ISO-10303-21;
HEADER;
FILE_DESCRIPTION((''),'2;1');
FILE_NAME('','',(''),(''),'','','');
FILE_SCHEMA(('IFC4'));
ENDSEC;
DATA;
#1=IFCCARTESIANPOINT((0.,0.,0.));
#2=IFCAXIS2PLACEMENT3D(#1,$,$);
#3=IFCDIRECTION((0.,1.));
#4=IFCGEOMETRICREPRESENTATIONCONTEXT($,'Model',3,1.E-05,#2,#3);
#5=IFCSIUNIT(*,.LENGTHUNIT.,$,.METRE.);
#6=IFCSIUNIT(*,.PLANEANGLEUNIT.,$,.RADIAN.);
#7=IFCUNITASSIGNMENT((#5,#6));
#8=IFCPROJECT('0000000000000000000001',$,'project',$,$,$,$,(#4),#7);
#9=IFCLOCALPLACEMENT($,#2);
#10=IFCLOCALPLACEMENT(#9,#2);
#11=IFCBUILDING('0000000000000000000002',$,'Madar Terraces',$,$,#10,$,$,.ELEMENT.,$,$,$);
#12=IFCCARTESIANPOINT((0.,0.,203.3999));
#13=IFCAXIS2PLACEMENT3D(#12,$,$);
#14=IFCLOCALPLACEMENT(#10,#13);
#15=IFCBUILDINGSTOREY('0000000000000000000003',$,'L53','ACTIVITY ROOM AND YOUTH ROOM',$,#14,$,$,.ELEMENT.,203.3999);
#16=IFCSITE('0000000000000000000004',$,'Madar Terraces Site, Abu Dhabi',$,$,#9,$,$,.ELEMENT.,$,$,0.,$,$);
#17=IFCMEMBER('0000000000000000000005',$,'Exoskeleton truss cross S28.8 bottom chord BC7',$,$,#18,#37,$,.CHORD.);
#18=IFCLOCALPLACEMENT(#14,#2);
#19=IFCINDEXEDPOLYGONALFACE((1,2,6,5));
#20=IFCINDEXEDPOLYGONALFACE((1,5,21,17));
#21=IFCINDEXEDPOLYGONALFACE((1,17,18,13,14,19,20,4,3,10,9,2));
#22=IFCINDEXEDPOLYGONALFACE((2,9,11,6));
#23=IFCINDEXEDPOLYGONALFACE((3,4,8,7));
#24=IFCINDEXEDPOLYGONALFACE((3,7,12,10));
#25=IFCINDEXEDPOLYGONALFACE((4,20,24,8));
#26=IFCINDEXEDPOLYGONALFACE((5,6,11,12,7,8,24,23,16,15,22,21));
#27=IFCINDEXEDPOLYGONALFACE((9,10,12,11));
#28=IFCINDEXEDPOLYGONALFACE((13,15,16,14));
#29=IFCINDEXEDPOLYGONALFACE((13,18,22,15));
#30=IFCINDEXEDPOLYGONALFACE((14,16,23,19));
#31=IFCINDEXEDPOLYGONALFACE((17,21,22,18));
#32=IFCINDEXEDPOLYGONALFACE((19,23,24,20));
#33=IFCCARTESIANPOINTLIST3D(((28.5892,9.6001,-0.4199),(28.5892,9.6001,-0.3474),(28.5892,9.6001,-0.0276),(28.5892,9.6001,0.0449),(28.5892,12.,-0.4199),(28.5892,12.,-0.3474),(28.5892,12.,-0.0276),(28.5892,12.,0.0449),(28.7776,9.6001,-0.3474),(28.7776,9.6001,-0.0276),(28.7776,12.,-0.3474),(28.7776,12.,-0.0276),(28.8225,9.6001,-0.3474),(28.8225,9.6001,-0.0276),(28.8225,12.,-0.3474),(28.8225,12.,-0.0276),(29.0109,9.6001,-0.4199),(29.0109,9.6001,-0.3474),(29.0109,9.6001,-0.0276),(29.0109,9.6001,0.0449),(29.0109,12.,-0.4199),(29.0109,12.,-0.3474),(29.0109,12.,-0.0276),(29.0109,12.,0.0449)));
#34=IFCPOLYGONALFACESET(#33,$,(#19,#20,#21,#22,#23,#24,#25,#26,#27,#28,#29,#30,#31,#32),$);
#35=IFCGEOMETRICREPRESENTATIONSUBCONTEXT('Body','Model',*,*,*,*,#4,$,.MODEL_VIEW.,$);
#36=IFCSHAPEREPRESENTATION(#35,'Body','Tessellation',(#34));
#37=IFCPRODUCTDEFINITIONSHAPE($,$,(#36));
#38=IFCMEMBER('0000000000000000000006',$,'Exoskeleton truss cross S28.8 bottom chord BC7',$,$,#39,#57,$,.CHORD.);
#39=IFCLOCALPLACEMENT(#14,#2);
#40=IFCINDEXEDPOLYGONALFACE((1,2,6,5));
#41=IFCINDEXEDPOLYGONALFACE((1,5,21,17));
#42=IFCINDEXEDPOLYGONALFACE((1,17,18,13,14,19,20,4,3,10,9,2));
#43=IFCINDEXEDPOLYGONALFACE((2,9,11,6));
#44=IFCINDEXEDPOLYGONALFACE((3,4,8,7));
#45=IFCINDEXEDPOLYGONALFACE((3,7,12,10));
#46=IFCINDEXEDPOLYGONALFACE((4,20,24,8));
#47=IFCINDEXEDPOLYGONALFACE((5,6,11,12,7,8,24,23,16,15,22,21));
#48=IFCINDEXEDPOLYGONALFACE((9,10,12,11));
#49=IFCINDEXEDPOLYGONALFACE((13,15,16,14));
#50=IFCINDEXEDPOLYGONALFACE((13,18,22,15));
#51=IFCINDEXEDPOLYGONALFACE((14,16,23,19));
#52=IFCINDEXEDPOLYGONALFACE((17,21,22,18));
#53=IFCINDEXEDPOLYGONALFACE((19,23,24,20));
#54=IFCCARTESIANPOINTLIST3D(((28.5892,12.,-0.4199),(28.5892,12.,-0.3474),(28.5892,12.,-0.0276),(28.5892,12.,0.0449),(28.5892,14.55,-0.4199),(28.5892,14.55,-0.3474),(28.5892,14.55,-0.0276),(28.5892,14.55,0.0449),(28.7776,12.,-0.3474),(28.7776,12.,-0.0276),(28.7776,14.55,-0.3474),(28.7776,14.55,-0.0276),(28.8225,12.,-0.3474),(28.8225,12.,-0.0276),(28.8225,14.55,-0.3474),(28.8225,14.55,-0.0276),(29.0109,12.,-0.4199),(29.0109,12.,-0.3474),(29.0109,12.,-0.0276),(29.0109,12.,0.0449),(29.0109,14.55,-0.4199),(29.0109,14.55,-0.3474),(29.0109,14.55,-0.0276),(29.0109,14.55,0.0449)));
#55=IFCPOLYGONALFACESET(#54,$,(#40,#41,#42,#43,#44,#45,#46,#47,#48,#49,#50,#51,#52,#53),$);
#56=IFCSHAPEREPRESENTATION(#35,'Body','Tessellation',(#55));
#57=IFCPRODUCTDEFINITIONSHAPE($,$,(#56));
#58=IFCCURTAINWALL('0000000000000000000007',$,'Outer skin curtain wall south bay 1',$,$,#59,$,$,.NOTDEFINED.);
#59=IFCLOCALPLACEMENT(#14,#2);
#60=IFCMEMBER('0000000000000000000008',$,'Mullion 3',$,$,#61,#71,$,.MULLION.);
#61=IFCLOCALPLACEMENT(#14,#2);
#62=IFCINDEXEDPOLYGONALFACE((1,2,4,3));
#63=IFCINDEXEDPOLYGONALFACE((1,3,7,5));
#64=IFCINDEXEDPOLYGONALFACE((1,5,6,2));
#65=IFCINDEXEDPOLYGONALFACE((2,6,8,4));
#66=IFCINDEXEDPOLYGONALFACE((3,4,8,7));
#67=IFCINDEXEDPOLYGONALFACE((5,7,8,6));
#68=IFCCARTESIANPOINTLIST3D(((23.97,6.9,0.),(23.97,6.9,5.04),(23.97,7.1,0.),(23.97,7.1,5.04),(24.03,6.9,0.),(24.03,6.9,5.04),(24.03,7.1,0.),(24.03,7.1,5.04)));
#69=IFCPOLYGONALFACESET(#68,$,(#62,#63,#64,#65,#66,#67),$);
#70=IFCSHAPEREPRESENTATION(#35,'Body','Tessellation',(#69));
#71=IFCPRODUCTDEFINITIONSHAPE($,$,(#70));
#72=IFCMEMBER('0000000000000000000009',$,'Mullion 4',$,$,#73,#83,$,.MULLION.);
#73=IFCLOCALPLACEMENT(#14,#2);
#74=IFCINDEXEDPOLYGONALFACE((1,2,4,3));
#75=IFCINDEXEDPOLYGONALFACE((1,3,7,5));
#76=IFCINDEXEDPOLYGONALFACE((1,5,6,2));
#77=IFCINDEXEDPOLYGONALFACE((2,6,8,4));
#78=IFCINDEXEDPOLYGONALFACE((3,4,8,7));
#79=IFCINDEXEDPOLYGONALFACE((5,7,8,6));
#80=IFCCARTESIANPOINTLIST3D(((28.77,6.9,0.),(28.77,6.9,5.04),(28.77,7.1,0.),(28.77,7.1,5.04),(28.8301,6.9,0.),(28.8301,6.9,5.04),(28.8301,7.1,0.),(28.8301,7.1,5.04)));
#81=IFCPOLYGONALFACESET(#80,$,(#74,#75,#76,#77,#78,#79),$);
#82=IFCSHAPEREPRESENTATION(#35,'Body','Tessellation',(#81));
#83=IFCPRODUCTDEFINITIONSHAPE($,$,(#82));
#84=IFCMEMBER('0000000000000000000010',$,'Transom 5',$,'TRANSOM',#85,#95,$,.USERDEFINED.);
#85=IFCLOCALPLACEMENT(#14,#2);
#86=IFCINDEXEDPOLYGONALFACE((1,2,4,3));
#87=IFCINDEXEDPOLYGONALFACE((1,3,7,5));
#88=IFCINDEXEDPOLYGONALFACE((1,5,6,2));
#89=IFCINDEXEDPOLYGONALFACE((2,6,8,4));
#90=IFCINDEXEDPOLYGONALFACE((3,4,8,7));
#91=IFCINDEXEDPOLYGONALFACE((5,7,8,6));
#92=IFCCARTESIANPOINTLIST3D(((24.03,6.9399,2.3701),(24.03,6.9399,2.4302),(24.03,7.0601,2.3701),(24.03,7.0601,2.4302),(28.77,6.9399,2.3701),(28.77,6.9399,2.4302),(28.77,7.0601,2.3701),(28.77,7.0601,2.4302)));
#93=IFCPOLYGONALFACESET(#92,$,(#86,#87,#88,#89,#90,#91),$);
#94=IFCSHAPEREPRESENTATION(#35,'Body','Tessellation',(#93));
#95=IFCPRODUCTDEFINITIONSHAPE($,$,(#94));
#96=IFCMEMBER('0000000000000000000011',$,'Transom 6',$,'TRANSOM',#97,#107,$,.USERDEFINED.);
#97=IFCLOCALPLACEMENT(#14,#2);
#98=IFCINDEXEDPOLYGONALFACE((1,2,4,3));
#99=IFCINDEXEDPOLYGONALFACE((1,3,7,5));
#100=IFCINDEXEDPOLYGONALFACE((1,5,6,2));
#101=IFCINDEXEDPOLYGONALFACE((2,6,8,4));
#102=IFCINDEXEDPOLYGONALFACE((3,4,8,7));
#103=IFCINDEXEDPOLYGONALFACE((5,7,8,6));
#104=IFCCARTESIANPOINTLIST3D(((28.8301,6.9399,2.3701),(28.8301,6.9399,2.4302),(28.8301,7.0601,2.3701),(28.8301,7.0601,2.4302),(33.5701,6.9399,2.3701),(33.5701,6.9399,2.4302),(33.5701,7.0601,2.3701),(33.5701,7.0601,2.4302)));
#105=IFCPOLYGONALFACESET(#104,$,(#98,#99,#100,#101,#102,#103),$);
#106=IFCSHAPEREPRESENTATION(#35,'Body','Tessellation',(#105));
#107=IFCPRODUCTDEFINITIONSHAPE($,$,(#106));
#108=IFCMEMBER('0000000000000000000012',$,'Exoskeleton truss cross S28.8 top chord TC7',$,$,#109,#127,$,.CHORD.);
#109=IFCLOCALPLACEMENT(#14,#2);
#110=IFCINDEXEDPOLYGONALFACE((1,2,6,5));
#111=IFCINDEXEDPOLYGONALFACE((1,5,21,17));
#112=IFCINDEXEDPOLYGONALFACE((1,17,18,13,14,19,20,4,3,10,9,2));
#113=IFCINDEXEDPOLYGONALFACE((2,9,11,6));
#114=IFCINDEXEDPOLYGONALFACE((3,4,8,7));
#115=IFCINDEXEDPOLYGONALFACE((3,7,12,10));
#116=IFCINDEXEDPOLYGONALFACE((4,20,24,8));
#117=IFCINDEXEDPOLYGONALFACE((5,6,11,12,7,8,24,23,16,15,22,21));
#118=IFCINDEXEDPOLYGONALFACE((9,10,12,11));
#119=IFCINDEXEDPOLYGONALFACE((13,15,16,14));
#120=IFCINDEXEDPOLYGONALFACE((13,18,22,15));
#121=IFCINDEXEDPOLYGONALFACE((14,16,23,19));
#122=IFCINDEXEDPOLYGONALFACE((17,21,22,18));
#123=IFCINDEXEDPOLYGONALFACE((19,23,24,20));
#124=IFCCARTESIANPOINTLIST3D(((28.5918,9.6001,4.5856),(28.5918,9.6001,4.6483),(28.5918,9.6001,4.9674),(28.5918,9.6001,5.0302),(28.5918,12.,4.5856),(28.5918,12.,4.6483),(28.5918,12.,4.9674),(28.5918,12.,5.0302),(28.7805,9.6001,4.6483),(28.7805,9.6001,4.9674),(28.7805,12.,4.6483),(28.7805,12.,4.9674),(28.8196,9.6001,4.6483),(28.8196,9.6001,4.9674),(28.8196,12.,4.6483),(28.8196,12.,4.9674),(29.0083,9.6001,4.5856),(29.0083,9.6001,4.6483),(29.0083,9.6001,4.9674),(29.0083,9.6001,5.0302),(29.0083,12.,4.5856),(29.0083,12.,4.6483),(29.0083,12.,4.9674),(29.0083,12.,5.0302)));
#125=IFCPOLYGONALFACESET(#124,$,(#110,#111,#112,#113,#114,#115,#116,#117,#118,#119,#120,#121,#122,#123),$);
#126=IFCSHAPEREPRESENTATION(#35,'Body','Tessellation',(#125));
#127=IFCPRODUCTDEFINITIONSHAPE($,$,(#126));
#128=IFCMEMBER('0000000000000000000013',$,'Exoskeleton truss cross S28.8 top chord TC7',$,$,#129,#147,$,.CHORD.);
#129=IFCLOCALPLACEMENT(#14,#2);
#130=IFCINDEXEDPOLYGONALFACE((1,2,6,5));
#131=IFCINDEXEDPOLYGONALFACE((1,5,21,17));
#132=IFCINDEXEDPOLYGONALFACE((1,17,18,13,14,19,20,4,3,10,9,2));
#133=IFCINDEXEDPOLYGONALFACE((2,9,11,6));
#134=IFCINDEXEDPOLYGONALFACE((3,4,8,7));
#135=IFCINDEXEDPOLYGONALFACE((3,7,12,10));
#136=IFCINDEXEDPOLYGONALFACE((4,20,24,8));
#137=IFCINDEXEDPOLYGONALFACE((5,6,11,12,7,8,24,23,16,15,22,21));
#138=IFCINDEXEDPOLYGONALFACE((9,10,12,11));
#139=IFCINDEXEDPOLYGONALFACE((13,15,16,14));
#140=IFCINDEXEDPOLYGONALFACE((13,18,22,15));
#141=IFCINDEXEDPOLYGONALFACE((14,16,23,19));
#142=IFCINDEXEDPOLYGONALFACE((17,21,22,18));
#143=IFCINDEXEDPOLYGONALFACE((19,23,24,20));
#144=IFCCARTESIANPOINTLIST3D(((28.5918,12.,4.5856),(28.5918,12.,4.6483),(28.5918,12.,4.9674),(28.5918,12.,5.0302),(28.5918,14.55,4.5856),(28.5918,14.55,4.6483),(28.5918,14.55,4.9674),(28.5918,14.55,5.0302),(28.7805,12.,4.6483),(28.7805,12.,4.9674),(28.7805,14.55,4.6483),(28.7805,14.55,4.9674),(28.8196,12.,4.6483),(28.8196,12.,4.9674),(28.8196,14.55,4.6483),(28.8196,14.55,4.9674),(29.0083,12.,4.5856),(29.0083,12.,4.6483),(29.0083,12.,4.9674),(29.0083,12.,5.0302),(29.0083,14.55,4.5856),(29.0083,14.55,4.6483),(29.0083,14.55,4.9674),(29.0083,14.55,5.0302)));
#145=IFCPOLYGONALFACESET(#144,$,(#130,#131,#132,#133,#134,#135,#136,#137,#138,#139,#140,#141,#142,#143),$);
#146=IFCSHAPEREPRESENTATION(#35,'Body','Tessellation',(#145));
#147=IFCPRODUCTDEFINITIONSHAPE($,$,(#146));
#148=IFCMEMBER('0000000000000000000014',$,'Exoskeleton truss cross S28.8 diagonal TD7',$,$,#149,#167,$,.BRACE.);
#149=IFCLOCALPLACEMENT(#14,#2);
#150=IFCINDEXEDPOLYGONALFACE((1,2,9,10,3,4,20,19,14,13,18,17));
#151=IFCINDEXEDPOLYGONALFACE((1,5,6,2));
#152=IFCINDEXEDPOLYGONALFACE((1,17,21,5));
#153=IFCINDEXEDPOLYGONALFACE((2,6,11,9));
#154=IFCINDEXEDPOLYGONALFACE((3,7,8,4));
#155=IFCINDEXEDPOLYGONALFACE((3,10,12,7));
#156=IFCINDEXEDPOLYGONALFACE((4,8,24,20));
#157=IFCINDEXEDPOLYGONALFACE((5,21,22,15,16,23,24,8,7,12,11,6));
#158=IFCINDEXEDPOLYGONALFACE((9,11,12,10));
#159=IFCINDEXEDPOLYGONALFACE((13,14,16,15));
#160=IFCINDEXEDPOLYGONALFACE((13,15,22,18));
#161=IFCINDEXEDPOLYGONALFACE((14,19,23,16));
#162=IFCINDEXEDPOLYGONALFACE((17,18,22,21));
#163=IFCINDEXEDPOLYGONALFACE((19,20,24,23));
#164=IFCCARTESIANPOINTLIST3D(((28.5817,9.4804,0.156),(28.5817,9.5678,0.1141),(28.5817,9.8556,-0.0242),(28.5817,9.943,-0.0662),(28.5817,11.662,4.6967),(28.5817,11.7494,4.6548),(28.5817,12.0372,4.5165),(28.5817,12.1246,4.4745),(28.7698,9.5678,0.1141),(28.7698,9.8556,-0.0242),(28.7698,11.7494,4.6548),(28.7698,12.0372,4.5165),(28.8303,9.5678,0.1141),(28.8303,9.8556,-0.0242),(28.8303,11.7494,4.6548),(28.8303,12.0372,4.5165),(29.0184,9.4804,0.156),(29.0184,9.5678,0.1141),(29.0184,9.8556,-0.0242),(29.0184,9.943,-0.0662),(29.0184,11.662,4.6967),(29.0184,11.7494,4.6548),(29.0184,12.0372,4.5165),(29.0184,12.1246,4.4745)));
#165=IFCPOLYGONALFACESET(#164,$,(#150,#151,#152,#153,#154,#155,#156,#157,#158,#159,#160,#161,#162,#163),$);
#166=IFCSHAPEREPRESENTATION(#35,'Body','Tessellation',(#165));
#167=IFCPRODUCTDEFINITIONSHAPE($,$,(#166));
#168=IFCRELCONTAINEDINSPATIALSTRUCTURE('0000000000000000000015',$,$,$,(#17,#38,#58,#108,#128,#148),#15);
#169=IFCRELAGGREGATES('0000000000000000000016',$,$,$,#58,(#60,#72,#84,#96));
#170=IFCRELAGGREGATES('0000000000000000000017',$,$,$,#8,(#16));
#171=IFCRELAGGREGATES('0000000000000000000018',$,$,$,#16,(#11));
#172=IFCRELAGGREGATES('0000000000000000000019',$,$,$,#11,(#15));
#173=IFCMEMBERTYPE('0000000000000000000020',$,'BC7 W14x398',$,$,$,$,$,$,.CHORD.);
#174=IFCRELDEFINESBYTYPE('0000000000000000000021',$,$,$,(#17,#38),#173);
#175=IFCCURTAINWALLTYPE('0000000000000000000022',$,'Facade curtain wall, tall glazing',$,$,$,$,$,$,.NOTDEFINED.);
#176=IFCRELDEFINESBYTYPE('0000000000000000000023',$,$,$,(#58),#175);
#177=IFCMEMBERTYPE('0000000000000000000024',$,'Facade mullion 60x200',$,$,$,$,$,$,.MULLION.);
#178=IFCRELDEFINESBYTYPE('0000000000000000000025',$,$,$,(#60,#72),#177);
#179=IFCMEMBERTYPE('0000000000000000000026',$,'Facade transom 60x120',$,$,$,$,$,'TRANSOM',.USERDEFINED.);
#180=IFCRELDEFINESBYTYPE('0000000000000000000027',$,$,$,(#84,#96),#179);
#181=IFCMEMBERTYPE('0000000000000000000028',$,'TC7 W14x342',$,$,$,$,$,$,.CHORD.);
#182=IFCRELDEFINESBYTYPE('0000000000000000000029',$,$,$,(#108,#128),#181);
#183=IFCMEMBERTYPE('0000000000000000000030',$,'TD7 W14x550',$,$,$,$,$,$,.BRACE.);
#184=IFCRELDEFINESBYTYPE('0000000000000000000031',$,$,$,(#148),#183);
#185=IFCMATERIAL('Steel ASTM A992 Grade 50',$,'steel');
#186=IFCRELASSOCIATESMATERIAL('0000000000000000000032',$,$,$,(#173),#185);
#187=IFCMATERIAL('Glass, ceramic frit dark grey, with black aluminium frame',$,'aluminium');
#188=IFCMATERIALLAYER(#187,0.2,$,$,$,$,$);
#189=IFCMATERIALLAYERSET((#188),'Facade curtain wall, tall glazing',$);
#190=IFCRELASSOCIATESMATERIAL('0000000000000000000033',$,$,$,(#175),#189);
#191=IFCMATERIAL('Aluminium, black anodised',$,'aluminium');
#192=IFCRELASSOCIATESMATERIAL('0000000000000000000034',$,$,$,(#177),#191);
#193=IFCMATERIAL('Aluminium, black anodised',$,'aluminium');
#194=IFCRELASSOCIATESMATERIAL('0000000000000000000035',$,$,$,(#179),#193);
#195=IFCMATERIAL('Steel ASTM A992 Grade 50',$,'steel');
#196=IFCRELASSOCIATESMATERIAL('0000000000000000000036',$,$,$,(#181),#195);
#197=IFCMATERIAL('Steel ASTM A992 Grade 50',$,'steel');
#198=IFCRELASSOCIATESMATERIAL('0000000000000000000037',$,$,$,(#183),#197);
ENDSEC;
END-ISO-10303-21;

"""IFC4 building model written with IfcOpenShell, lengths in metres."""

from ifc_helpers import new_model, si_unit, direction, frame, origin, origin_2d, place, context, subcontext, project, spatial, rectangle, i_section, extrude, material, layer, layer_set, material_profile, profile_set, type_object, element, aggregate, save


model = new_model("IFC4")

# Units and contexts
model_context = context("Model", 3, precision=1e-05, world=origin(), true_north=direction((0.0, 1.0)))
body_context = subcontext(model_context, "Body", "Model", "MODEL_VIEW")
ifc_project = project(units=[si_unit("LENGTHUNIT", "METRE"), si_unit("PLANEANGLEUNIT", "RADIAN")], contexts=[model_context])

# Site, building, storey
site_placement = place(None, origin())
site = spatial("IfcSite", under=ifc_project, at=site_placement, Name="Madar Terraces Site, Abu Dhabi", CompositionType="ELEMENT", RefElevation=0.0)
building_placement = place(site_placement, origin())
building = spatial("IfcBuilding", under=site, at=building_placement, Name="Madar Terraces", CompositionType="ELEMENT")
storey_placement = place(building_placement, frame((0.0, 0.0, 203.3999)))
storey = spatial("IfcBuildingStorey", under=building, at=storey_placement, Name="L53", Description="ACTIVITY ROOM AND YOUTH ROOM", CompositionType="ELEMENT", Elevation=203.3999)

# Members
ifc_material_1 = material(Name="Steel ASTM A992 Grade 50", Category="steel")
ifc_material_profile_1 = material_profile(ifc_material_1, i_section(OverallWidth=0.4216, OverallDepth=0.4648, WebThickness=0.0449, FlangeThickness=0.0725, at=origin_2d()), Name="W14x398")
ifc_profile_set_1 = profile_set([ifc_material_profile_1], Name="Steel ASTM A992 Grade 50")
member_type_1 = type_object("IfcMemberType", Name="BC7 W14x398", PredefinedType="CHORD", material=ifc_profile_set_1)
member_1_placement = place(storey_placement, frame((28.8, 9.6001, -0.1875), z_axis=(0.0, 1.0, 0.0), x_axis=(-1.0, 0.0, 0.0)))
element("IfcMember", 1, at=member_1_placement, inside=storey, type_object=member_type_1, Name="Exoskeleton truss cross S28.8 bottom chord BC7", PredefinedType="CHORD", context=body_context, shape_type="SweptSolid", body=[
    extrude(i_section(OverallWidth=0.4216, OverallDepth=0.4648, WebThickness=0.0449, FlangeThickness=0.0725, at=origin_2d()), origin(), (0.0, 0.0, 1.0), 2.3999),
])
member_2_placement = place(storey_placement, frame((28.8, 12.0, -0.1875), z_axis=(0.0, 1.0, 0.0), x_axis=(-1.0, 0.0, 0.0)))
element("IfcMember", 2, at=member_2_placement, inside=storey, type_object=member_type_1, Name="Exoskeleton truss cross S28.8 bottom chord BC7", PredefinedType="CHORD", context=body_context, shape_type="SweptSolid", body=[
    extrude(i_section(OverallWidth=0.4216, OverallDepth=0.4648, WebThickness=0.0449, FlangeThickness=0.0725, at=origin_2d()), origin(), (0.0, 0.0, 1.0), 2.55),
])

# Curtain wall, members
ifc_material_2 = material(Name="Glass, ceramic frit dark grey, with black aluminium frame", Category="aluminium")
ifc_layer_1 = layer(ifc_material_2, 0.2)
ifc_layer_set_1 = layer_set([ifc_layer_1], Name="Facade curtain wall, tall glazing")
curtain_wall_type = type_object("IfcCurtainWallType", Name="Facade curtain wall, tall glazing", PredefinedType="NOTDEFINED", material=ifc_layer_set_1)
curtain_wall_placement = place(storey_placement, origin())
curtain_wall = element("IfcCurtainWall", 3, at=curtain_wall_placement, inside=storey, type_object=curtain_wall_type, Name="Outer skin curtain wall south bay 1", PredefinedType="NOTDEFINED")
ifc_material_3 = material(Name="Aluminium, black anodised", Category="aluminium")
ifc_material_profile_2 = material_profile(ifc_material_3, rectangle(XDim=0.2, YDim=0.0601, at=origin_2d()), Name="Facade mullion 60x200")
ifc_profile_set_2 = profile_set([ifc_material_profile_2], Name="Aluminium, black anodised")
member_type_2 = type_object("IfcMemberType", Name="Facade mullion 60x200", PredefinedType="MULLION", material=ifc_profile_set_2)
member_3_placement = place(storey_placement, frame((24.0, 7.0, 0.0), z_axis=(0.0, 0.0, 1.0), x_axis=(0.0, 1.0, 0.0)))
member_3 = element("IfcMember", 4, at=member_3_placement, type_object=member_type_2, Name="Mullion 3", PredefinedType="MULLION", context=body_context, shape_type="SweptSolid", body=[
    extrude(rectangle(XDim=0.2, YDim=0.0601, at=origin_2d()), origin(), (0.0, 0.0, 1.0), 5.04),
])
member_4_placement = place(storey_placement, frame((28.8, 7.0, 0.0), z_axis=(0.0, 0.0, 1.0), x_axis=(0.0, 1.0, 0.0)))
member_4 = element("IfcMember", 5, at=member_4_placement, type_object=member_type_2, Name="Mullion 4", PredefinedType="MULLION", context=body_context, shape_type="SweptSolid", body=[
    extrude(rectangle(XDim=0.2, YDim=0.0601, at=origin_2d()), origin(), (0.0, 0.0, 1.0), 5.04),
])
ifc_material_4 = material(Name="Aluminium, black anodised", Category="aluminium")
ifc_material_profile_3 = material_profile(ifc_material_4, rectangle(XDim=0.1201, YDim=0.0601, at=origin_2d()), Name="Facade transom 60x120")
ifc_profile_set_3 = profile_set([ifc_material_profile_3], Name="Aluminium, black anodised")
member_type_3 = type_object("IfcMemberType", Name="Facade transom 60x120", ElementType="TRANSOM", PredefinedType="USERDEFINED", material=ifc_profile_set_3)
member_5_placement = place(storey_placement, frame((24.03, 7.0, 2.4001), z_axis=(1.0, 0.0, 0.0), x_axis=(0.0, 1.0, 0.0)))
member_5 = element("IfcMember", 6, at=member_5_placement, type_object=member_type_3, Name="Transom 5", ObjectType="TRANSOM", PredefinedType="USERDEFINED", context=body_context, shape_type="SweptSolid", body=[
    extrude(rectangle(XDim=0.1201, YDim=0.0601, at=origin_2d()), origin(), (0.0, 0.0, 1.0), 4.74),
])
member_6_placement = place(storey_placement, frame((28.8301, 7.0, 2.4001), z_axis=(1.0, 0.0, 0.0), x_axis=(0.0, 1.0, 0.0)))
member_6 = element("IfcMember", 7, at=member_6_placement, type_object=member_type_3, Name="Transom 6", ObjectType="TRANSOM", PredefinedType="USERDEFINED", context=body_context, shape_type="SweptSolid", body=[
    extrude(rectangle(XDim=0.1201, YDim=0.0601, at=origin_2d()), origin(), (0.0, 0.0, 1.0), 4.74),
])

# Members
ifc_material_5 = material(Name="Steel ASTM A992 Grade 50", Category="steel")
ifc_material_profile_4 = material_profile(ifc_material_5, i_section(OverallWidth=0.4165, OverallDepth=0.4446, WebThickness=0.0391, FlangeThickness=0.0627, at=origin_2d()), Name="W14x342")
ifc_profile_set_4 = profile_set([ifc_material_profile_4], Name="Steel ASTM A992 Grade 50")
member_type_4 = type_object("IfcMemberType", Name="TC7 W14x342", PredefinedType="CHORD", material=ifc_profile_set_4)
member_7_placement = place(storey_placement, frame((28.8, 9.6001, 4.8079), z_axis=(0.0, 1.0, 0.0), x_axis=(-1.0, 0.0, 0.0)))
element("IfcMember", 8, at=member_7_placement, inside=storey, type_object=member_type_4, Name="Exoskeleton truss cross S28.8 top chord TC7", PredefinedType="CHORD", context=body_context, shape_type="SweptSolid", body=[
    extrude(i_section(OverallWidth=0.4165, OverallDepth=0.4446, WebThickness=0.0391, FlangeThickness=0.0627, at=origin_2d()), origin(), (0.0, 0.0, 1.0), 2.3999),
])
member_8_placement = place(storey_placement, frame((28.8, 12.0, 4.8079), z_axis=(0.0, 1.0, 0.0), x_axis=(-1.0, 0.0, 0.0)))
element("IfcMember", 9, at=member_8_placement, inside=storey, type_object=member_type_4, Name="Exoskeleton truss cross S28.8 top chord TC7", PredefinedType="CHORD", context=body_context, shape_type="SweptSolid", body=[
    extrude(i_section(OverallWidth=0.4165, OverallDepth=0.4446, WebThickness=0.0391, FlangeThickness=0.0627, at=origin_2d()), origin(), (0.0, 0.0, 1.0), 2.55),
])
ifc_material_6 = material(Name="Steel ASTM A992 Grade 50", Category="steel")
ifc_material_profile_5 = material_profile(ifc_material_6, i_section(OverallWidth=0.4368, OverallDepth=0.5132, WebThickness=0.0605, FlangeThickness=0.0969, at=origin_2d()), Name="W14x550")
ifc_profile_set_5 = profile_set([ifc_material_profile_5], Name="Steel ASTM A992 Grade 50")
member_type_5 = type_object("IfcMemberType", Name="TD7 W14x550", PredefinedType="BRACE", material=ifc_profile_set_5)
member_9_placement = place(storey_placement, frame((28.8, 9.7117, 0.0449), z_axis=(0.0, 0.433065, 0.901363), x_axis=(-1.0, 0.0, 0.0)))
element("IfcMember", 10, at=member_9_placement, inside=storey, type_object=member_type_5, Name="Exoskeleton truss cross S28.8 diagonal TD7", PredefinedType="BRACE", context=body_context, shape_type="SweptSolid", body=[
    extrude(i_section(OverallWidth=0.4368, OverallDepth=0.5132, WebThickness=0.0605, FlangeThickness=0.0969, at=origin_2d()), origin(), (0.0, 0.0, 1.0), 5.0376),
])

aggregate(curtain_wall, [member_3, member_4, member_5, member_6])

save(model, "model.ifc")
